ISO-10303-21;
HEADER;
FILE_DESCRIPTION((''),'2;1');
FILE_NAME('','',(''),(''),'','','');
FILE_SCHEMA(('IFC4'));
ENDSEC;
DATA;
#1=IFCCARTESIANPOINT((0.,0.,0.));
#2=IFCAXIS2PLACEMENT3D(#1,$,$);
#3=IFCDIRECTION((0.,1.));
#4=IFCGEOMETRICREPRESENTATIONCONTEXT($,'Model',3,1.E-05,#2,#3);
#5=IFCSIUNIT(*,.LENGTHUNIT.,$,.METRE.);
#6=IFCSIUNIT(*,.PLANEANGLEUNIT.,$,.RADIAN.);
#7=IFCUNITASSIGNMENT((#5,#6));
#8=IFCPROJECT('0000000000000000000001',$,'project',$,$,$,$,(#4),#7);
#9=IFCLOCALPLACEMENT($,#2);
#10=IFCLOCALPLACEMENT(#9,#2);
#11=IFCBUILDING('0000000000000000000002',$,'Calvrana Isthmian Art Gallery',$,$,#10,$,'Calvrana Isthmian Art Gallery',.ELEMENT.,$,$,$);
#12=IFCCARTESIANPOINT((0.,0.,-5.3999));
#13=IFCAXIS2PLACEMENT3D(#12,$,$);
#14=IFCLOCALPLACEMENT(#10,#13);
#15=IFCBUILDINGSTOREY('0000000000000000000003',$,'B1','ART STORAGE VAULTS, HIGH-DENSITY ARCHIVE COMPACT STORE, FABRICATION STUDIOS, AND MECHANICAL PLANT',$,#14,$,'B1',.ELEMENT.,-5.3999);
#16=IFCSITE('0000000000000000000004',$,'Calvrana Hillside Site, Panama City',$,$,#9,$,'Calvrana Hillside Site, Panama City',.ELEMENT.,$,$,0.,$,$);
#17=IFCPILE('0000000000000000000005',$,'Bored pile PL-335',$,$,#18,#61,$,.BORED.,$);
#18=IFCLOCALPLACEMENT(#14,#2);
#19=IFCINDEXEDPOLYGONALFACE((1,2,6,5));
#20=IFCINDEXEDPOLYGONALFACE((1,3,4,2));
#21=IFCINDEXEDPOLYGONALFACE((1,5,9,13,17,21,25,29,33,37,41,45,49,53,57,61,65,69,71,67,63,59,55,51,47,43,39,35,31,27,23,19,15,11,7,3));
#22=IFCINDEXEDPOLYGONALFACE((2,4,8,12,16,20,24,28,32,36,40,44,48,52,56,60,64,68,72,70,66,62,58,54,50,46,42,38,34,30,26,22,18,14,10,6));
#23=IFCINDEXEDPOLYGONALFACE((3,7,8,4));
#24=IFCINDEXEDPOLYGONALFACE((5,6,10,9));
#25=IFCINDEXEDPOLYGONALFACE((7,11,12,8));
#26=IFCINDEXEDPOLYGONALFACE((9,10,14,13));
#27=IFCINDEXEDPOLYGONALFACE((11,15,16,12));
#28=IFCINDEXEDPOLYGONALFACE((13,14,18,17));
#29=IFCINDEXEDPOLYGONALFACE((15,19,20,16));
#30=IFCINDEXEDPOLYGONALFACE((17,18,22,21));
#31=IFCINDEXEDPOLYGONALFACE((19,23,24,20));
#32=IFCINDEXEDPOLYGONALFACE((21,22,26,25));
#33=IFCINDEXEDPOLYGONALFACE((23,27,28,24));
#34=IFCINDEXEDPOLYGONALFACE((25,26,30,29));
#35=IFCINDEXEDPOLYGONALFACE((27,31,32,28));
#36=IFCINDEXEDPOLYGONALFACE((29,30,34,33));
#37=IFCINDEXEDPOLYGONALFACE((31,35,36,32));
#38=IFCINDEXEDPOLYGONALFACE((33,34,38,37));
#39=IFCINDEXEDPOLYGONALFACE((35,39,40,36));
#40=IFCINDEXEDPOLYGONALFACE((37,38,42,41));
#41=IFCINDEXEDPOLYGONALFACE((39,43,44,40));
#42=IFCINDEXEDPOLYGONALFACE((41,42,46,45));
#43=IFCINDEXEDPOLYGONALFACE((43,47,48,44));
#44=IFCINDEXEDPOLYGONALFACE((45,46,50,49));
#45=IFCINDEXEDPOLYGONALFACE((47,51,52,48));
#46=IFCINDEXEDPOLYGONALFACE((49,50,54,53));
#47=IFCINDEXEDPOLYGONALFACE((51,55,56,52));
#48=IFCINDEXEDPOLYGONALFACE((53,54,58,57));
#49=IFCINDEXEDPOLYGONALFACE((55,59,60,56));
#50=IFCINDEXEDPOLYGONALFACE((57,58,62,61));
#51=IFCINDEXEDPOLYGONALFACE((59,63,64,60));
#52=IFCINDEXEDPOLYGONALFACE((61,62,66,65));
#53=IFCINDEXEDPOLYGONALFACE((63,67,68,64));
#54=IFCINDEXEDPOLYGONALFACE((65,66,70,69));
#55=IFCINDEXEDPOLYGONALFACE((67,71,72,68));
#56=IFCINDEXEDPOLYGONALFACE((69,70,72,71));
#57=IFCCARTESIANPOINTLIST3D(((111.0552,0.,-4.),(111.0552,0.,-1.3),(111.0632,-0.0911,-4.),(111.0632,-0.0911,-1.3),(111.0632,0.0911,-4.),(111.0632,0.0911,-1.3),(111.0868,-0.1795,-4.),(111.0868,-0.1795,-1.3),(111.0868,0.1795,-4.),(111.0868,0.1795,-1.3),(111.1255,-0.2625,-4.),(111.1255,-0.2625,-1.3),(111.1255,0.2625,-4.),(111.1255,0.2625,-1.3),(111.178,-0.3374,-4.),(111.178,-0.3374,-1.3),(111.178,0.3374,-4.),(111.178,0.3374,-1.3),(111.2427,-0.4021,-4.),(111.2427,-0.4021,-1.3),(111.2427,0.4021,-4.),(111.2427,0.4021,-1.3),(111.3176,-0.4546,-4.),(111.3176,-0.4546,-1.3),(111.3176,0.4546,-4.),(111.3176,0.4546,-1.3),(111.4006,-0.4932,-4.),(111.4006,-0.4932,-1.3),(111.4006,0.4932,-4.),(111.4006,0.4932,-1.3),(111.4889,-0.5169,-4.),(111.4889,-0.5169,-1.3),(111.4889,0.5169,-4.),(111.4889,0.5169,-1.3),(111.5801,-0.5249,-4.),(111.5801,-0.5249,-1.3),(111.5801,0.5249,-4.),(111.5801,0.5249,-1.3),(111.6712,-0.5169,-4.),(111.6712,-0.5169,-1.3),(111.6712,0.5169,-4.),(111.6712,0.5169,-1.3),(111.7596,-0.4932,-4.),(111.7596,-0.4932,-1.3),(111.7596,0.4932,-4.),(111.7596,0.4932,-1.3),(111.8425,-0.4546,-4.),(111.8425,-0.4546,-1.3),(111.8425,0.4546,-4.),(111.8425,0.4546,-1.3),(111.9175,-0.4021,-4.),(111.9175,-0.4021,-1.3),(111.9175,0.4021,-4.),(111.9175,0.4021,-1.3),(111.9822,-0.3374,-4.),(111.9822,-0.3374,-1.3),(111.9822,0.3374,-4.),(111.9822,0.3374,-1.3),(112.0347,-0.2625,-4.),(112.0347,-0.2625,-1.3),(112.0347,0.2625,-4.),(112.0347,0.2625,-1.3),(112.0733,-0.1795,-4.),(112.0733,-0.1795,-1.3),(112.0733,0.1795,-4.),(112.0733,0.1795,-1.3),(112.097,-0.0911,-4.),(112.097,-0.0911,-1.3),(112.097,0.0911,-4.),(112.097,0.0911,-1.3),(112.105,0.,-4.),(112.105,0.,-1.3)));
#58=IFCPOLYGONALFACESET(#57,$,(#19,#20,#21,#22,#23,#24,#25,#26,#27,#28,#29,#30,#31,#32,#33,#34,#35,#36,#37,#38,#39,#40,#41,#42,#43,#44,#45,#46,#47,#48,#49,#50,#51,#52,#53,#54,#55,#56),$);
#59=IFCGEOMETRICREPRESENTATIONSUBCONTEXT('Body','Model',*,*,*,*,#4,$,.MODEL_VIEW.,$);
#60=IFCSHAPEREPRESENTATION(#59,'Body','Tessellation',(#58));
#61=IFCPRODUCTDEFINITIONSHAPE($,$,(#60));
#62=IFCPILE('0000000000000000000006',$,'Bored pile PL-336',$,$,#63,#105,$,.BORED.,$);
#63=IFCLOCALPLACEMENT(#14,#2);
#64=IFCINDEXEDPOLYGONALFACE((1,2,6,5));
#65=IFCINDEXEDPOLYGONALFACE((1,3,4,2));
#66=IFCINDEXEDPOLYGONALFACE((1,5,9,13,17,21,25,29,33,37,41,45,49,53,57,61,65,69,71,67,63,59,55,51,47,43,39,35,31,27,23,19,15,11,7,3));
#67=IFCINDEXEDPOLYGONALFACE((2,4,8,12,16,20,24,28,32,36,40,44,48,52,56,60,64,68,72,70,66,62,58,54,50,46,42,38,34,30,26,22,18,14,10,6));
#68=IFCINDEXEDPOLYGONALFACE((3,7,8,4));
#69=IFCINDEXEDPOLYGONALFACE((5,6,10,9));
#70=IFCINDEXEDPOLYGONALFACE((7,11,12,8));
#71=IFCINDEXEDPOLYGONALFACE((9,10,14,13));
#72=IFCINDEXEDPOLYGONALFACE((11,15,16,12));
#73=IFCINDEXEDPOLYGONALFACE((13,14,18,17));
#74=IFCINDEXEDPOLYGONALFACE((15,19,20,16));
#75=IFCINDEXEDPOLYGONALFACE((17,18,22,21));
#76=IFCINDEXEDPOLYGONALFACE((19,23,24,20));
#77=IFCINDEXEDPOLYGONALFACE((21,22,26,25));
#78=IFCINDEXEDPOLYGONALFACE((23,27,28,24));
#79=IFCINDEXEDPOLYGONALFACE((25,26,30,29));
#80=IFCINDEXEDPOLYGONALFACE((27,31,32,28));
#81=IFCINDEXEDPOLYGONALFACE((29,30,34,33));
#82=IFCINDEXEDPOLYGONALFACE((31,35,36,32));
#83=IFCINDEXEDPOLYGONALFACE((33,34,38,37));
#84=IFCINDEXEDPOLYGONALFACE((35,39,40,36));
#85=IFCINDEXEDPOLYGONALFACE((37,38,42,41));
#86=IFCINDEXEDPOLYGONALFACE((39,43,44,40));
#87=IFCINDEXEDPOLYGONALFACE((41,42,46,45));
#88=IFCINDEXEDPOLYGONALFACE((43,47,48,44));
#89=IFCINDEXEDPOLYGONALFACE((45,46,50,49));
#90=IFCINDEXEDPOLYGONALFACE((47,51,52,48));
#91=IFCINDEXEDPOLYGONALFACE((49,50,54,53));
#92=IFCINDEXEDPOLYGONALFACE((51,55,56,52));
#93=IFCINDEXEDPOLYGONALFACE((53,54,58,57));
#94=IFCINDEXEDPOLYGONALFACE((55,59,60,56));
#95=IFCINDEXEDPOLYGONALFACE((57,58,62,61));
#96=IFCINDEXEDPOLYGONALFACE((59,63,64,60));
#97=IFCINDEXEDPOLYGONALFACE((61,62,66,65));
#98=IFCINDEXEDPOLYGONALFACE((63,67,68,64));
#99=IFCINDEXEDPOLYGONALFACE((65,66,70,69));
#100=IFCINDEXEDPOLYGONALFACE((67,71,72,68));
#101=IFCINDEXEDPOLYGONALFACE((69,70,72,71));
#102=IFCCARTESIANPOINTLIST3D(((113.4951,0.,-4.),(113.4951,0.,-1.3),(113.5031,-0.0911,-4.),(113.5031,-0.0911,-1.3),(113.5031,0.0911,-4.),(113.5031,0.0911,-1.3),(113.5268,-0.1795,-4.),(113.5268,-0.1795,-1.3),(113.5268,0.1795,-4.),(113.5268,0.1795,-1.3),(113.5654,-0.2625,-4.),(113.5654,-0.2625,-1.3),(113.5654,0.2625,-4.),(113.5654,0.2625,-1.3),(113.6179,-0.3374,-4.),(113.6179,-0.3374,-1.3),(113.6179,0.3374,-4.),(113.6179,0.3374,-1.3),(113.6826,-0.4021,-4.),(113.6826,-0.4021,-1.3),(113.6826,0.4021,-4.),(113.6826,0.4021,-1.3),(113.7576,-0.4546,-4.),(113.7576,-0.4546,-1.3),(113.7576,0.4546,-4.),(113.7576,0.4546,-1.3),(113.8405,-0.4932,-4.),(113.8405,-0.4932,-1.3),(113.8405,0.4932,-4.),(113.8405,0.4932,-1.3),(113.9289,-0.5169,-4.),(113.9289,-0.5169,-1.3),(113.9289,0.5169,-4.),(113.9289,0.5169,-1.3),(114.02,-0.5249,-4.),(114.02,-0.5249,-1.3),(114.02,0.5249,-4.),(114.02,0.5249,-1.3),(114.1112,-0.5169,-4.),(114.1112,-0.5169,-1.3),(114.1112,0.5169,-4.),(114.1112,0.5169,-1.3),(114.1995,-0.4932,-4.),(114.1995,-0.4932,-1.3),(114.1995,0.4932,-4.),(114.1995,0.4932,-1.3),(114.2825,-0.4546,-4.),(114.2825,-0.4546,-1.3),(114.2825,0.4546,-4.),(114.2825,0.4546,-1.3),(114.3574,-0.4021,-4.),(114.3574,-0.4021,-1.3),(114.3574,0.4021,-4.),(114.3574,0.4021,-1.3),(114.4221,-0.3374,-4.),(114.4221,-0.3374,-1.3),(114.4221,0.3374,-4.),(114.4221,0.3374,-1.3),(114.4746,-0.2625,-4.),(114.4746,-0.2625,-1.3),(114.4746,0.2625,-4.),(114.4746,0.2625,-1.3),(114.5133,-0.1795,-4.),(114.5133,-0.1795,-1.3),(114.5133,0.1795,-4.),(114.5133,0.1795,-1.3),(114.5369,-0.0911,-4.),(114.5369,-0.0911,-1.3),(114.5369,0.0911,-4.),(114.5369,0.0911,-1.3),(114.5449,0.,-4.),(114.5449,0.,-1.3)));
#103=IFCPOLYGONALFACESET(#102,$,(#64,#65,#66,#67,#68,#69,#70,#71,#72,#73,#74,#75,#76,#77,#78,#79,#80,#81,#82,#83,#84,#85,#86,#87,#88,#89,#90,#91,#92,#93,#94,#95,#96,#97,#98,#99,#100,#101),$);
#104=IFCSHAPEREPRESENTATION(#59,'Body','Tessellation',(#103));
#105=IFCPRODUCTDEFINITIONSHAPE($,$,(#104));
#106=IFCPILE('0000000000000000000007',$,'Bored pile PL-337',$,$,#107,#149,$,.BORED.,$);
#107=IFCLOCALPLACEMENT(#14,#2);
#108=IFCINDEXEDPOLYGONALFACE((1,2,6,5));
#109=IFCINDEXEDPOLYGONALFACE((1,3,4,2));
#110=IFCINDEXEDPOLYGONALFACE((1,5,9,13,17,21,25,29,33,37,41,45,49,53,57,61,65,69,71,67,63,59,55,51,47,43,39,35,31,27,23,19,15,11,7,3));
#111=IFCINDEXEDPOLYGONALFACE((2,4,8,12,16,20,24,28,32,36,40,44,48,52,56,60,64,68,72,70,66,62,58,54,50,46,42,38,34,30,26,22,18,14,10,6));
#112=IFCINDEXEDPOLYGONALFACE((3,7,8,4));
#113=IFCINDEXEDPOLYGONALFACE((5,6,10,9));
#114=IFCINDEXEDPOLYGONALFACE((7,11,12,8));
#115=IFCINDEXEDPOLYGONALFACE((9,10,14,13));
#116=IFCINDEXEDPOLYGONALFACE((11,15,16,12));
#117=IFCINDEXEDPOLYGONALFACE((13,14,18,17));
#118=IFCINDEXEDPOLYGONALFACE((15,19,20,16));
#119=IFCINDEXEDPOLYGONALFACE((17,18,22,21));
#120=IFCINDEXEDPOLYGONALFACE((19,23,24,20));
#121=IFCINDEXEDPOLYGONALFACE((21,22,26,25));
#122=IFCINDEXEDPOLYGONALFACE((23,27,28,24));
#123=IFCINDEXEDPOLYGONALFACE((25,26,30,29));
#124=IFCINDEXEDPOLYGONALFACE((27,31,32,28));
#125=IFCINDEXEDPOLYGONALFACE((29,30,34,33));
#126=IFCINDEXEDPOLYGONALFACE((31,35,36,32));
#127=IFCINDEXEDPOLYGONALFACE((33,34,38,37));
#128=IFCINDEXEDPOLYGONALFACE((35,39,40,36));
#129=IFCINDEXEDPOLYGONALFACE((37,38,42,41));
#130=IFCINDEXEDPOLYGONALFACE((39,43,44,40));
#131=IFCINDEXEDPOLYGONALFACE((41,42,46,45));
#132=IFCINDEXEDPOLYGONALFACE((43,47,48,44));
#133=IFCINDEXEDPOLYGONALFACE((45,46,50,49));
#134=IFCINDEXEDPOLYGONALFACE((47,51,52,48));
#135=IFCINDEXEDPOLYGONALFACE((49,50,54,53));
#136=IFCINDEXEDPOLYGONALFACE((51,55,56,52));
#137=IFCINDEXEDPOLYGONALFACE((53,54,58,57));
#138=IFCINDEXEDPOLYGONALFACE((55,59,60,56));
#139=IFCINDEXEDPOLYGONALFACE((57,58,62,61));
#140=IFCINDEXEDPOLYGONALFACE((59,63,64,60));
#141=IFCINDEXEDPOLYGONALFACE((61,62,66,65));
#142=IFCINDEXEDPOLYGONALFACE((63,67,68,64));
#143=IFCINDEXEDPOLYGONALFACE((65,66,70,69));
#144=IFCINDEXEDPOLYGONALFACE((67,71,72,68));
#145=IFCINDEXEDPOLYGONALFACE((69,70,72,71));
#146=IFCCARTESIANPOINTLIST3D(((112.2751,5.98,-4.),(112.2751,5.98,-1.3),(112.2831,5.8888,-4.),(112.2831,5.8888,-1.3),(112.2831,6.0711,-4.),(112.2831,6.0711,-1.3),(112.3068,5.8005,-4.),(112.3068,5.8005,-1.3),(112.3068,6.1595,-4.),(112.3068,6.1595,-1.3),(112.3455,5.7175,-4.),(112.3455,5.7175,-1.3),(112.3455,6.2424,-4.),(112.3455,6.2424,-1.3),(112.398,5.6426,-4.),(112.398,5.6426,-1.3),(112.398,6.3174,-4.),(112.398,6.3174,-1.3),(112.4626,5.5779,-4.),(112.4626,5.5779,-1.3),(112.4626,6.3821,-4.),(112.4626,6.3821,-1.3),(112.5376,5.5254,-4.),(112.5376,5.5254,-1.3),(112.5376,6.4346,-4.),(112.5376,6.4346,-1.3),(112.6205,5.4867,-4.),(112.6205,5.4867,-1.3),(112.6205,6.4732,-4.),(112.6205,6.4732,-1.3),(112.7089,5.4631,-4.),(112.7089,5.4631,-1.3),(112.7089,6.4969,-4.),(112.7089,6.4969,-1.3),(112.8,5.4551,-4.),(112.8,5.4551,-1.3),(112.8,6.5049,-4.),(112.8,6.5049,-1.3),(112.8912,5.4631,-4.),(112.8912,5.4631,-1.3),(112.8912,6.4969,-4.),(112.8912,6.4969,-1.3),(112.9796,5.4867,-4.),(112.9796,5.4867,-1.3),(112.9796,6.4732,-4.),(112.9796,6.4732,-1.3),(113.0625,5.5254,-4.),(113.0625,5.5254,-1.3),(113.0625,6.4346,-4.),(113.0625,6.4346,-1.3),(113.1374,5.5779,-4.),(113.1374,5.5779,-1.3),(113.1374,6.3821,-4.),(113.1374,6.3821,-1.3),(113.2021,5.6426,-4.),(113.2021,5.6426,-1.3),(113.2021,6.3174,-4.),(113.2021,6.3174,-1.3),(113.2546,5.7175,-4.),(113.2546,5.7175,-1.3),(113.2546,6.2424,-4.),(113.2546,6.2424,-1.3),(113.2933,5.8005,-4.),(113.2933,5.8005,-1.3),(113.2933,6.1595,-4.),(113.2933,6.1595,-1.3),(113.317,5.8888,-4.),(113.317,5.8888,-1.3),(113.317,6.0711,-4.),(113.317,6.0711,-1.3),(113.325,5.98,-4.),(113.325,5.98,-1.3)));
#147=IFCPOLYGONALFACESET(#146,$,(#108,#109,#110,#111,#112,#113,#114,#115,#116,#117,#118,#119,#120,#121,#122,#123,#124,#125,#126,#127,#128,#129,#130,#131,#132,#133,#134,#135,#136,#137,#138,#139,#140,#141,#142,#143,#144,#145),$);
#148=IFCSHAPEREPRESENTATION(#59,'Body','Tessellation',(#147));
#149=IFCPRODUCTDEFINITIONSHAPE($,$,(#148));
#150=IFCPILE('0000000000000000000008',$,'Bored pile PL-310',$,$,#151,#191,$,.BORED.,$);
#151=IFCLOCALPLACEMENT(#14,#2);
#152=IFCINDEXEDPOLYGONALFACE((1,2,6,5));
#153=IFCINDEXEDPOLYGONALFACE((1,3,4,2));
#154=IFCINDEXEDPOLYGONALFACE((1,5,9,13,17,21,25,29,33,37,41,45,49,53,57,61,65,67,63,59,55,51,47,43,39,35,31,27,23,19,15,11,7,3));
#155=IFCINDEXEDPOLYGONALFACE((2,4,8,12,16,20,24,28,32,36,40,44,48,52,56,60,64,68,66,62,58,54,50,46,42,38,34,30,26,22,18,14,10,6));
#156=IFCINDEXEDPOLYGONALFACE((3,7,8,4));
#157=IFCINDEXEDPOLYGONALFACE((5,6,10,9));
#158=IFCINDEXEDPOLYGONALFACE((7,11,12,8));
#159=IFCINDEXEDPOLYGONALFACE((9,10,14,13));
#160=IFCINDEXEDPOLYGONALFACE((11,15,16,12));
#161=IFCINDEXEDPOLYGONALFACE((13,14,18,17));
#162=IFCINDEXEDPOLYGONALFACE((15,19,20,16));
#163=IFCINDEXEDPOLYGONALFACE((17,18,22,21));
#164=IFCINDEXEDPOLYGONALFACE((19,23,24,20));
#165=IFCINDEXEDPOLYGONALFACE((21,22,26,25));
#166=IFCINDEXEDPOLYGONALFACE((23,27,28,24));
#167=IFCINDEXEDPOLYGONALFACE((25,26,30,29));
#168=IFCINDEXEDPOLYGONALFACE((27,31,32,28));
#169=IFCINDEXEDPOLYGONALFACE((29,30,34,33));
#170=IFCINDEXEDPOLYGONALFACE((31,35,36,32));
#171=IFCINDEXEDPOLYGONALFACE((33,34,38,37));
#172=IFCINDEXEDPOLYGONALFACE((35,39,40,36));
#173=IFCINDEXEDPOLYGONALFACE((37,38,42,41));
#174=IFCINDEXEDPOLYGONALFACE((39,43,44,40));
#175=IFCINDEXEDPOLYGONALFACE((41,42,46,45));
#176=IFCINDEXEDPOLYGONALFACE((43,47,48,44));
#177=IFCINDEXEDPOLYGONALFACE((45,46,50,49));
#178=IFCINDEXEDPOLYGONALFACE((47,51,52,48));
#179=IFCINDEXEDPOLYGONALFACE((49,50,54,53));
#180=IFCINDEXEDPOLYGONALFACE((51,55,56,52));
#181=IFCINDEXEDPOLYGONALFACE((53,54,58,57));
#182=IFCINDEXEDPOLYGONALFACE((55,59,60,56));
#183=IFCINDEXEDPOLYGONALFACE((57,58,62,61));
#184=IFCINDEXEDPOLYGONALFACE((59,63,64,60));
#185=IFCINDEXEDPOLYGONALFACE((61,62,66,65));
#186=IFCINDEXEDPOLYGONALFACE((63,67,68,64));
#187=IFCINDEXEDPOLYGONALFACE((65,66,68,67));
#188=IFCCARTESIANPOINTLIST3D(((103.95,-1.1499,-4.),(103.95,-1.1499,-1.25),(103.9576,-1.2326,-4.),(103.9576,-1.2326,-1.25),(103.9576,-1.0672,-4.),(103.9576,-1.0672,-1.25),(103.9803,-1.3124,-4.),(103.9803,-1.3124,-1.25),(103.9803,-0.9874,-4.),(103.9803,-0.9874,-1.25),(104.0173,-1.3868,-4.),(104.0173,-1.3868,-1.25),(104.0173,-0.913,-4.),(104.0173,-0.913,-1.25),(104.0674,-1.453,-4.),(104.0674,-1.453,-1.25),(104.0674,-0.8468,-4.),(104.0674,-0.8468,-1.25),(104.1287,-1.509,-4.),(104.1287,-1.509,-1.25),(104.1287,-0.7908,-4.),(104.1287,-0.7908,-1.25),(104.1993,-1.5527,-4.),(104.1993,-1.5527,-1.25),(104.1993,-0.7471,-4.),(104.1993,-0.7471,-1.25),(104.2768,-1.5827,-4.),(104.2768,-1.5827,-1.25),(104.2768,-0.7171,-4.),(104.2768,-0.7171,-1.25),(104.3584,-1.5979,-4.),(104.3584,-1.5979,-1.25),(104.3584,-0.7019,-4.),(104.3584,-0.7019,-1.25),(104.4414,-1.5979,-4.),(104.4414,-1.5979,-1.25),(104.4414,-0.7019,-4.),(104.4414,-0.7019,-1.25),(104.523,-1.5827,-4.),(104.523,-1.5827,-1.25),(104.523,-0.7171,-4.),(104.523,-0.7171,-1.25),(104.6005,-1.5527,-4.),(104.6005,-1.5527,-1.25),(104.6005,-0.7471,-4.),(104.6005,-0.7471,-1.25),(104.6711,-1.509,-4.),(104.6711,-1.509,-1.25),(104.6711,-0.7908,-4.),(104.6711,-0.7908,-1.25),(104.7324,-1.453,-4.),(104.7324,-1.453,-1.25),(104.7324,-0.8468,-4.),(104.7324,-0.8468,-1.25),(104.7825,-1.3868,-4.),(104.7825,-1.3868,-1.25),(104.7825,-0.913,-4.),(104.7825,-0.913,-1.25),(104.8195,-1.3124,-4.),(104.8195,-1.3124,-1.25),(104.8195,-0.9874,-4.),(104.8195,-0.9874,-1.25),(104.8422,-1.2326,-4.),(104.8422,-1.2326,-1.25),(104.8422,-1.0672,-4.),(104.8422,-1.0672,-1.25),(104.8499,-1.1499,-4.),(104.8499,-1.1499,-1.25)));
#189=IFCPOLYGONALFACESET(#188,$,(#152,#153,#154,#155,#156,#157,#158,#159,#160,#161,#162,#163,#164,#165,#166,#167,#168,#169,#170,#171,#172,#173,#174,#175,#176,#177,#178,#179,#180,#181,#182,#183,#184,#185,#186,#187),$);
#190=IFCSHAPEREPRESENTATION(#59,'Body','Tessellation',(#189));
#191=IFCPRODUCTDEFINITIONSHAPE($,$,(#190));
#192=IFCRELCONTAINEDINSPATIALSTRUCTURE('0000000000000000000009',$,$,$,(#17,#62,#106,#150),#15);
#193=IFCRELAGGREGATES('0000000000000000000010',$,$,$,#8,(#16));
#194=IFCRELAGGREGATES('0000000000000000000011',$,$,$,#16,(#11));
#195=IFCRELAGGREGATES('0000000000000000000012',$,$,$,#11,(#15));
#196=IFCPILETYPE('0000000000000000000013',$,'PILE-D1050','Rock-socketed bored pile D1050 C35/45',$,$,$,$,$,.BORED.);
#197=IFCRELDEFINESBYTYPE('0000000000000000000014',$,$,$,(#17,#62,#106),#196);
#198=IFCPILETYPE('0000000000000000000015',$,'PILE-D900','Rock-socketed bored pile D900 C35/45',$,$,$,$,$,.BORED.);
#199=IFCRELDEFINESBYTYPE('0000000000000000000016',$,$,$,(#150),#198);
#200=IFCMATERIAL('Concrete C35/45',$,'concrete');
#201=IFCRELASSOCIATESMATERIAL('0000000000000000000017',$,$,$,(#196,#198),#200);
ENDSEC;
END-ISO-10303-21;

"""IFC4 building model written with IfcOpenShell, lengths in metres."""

from ifc_helpers import new_model, si_unit, direction, frame, origin, origin_2d, place, context, subcontext, project, spatial, circle, extrude, material, material_profile, profile_set, type_object, element, save


model = new_model("IFC4")

# Units and contexts
model_context = context("Model", 3, precision=1e-05, world=origin(), true_north=direction((0.0, 1.0)))
body_context = subcontext(model_context, "Body", "Model", "MODEL_VIEW")
ifc_project = project(units=[si_unit("LENGTHUNIT", "METRE"), si_unit("PLANEANGLEUNIT", "RADIAN")], contexts=[model_context])

# Site, building, storey
site_placement = place(None, origin())
site = spatial("IfcSite", under=ifc_project, at=site_placement, Name="Calvrana Hillside Site, Panama City", LongName="Calvrana Hillside Site, Panama City", CompositionType="ELEMENT", RefElevation=0.0)
building_placement = place(site_placement, origin())
building = spatial("IfcBuilding", under=site, at=building_placement, Name="Calvrana Isthmian Art Gallery", LongName="Calvrana Isthmian Art Gallery", CompositionType="ELEMENT")
storey_placement = place(building_placement, frame((0.0, 0.0, -5.3999)))
storey = spatial("IfcBuildingStorey", under=building, at=storey_placement, Name="B1", Description="ART STORAGE VAULTS, HIGH-DENSITY ARCHIVE COMPACT STORE, FABRICATION STUDIOS, AND MECHANICAL PLANT", LongName="B1", CompositionType="ELEMENT", Elevation=-5.3999)

# Shared definitions
ifc_material_1 = material(Name="Concrete C35/45", Category="concrete")

# Piles
ifc_material_profile_1 = material_profile(ifc_material_1, circle(Radius=0.5249, at=origin_2d()), Name="PILE1050D")
ifc_profile_set_1 = profile_set([ifc_material_profile_1], Name="Concrete C35/45")
pile_type_1 = type_object("IfcPileType", Name="PILE-D1050", Description="Rock-socketed bored pile D1050 C35/45", PredefinedType="BORED", material=ifc_profile_set_1)
for number, where, z_axis, x_axis, name in (
    (1, (111.5801, 0.0, -1.3), (0.0, 0.0, -1.0), (1.0, 0.0, 0.0), "Bored pile PL-335"),
    (2, (114.02, 0.0, -1.3), (0.0, 0.0, -1.0), (1.0, 0.0, 0.0), "Bored pile PL-336"),
    (3, (112.8, 5.98, -1.3), (0.0, 0.0, -1.0), (1.0, 0.0, 0.0), "Bored pile PL-337"),
):
    element("IfcPile", number, at=place(storey_placement, frame(where, z_axis=z_axis, x_axis=x_axis)), inside=storey, type_object=pile_type_1, Name=name, PredefinedType="BORED", context=body_context, shape_type="SweptSolid", body=[
        extrude(circle(Radius=0.5249, at=origin_2d()), origin(), (0.0, 0.0, 1.0), 2.7),
    ])
ifc_material_profile_2 = material_profile(ifc_material_1, circle(Radius=0.45, at=origin_2d()), Name="PILE900D")
ifc_profile_set_2 = profile_set([ifc_material_profile_2], Name="Concrete C35/45")
pile_type_2 = type_object("IfcPileType", Name="PILE-D900", Description="Rock-socketed bored pile D900 C35/45", PredefinedType="BORED", material=ifc_profile_set_2)
for number, where, z_axis, x_axis, name in (
    (4, (104.3999, -1.1499, -1.25), (0.0, 0.0, -1.0), (1.0, 0.0, 0.0), "Bored pile PL-310"),
):
    element("IfcPile", number, at=place(storey_placement, frame(where, z_axis=z_axis, x_axis=x_axis)), inside=storey, type_object=pile_type_2, Name=name, PredefinedType="BORED", context=body_context, shape_type="SweptSolid", body=[
        extrude(circle(Radius=0.45, at=origin_2d()), origin(), (0.0, 0.0, 1.0), 2.75),
    ])

save(model, "model.ifc")
